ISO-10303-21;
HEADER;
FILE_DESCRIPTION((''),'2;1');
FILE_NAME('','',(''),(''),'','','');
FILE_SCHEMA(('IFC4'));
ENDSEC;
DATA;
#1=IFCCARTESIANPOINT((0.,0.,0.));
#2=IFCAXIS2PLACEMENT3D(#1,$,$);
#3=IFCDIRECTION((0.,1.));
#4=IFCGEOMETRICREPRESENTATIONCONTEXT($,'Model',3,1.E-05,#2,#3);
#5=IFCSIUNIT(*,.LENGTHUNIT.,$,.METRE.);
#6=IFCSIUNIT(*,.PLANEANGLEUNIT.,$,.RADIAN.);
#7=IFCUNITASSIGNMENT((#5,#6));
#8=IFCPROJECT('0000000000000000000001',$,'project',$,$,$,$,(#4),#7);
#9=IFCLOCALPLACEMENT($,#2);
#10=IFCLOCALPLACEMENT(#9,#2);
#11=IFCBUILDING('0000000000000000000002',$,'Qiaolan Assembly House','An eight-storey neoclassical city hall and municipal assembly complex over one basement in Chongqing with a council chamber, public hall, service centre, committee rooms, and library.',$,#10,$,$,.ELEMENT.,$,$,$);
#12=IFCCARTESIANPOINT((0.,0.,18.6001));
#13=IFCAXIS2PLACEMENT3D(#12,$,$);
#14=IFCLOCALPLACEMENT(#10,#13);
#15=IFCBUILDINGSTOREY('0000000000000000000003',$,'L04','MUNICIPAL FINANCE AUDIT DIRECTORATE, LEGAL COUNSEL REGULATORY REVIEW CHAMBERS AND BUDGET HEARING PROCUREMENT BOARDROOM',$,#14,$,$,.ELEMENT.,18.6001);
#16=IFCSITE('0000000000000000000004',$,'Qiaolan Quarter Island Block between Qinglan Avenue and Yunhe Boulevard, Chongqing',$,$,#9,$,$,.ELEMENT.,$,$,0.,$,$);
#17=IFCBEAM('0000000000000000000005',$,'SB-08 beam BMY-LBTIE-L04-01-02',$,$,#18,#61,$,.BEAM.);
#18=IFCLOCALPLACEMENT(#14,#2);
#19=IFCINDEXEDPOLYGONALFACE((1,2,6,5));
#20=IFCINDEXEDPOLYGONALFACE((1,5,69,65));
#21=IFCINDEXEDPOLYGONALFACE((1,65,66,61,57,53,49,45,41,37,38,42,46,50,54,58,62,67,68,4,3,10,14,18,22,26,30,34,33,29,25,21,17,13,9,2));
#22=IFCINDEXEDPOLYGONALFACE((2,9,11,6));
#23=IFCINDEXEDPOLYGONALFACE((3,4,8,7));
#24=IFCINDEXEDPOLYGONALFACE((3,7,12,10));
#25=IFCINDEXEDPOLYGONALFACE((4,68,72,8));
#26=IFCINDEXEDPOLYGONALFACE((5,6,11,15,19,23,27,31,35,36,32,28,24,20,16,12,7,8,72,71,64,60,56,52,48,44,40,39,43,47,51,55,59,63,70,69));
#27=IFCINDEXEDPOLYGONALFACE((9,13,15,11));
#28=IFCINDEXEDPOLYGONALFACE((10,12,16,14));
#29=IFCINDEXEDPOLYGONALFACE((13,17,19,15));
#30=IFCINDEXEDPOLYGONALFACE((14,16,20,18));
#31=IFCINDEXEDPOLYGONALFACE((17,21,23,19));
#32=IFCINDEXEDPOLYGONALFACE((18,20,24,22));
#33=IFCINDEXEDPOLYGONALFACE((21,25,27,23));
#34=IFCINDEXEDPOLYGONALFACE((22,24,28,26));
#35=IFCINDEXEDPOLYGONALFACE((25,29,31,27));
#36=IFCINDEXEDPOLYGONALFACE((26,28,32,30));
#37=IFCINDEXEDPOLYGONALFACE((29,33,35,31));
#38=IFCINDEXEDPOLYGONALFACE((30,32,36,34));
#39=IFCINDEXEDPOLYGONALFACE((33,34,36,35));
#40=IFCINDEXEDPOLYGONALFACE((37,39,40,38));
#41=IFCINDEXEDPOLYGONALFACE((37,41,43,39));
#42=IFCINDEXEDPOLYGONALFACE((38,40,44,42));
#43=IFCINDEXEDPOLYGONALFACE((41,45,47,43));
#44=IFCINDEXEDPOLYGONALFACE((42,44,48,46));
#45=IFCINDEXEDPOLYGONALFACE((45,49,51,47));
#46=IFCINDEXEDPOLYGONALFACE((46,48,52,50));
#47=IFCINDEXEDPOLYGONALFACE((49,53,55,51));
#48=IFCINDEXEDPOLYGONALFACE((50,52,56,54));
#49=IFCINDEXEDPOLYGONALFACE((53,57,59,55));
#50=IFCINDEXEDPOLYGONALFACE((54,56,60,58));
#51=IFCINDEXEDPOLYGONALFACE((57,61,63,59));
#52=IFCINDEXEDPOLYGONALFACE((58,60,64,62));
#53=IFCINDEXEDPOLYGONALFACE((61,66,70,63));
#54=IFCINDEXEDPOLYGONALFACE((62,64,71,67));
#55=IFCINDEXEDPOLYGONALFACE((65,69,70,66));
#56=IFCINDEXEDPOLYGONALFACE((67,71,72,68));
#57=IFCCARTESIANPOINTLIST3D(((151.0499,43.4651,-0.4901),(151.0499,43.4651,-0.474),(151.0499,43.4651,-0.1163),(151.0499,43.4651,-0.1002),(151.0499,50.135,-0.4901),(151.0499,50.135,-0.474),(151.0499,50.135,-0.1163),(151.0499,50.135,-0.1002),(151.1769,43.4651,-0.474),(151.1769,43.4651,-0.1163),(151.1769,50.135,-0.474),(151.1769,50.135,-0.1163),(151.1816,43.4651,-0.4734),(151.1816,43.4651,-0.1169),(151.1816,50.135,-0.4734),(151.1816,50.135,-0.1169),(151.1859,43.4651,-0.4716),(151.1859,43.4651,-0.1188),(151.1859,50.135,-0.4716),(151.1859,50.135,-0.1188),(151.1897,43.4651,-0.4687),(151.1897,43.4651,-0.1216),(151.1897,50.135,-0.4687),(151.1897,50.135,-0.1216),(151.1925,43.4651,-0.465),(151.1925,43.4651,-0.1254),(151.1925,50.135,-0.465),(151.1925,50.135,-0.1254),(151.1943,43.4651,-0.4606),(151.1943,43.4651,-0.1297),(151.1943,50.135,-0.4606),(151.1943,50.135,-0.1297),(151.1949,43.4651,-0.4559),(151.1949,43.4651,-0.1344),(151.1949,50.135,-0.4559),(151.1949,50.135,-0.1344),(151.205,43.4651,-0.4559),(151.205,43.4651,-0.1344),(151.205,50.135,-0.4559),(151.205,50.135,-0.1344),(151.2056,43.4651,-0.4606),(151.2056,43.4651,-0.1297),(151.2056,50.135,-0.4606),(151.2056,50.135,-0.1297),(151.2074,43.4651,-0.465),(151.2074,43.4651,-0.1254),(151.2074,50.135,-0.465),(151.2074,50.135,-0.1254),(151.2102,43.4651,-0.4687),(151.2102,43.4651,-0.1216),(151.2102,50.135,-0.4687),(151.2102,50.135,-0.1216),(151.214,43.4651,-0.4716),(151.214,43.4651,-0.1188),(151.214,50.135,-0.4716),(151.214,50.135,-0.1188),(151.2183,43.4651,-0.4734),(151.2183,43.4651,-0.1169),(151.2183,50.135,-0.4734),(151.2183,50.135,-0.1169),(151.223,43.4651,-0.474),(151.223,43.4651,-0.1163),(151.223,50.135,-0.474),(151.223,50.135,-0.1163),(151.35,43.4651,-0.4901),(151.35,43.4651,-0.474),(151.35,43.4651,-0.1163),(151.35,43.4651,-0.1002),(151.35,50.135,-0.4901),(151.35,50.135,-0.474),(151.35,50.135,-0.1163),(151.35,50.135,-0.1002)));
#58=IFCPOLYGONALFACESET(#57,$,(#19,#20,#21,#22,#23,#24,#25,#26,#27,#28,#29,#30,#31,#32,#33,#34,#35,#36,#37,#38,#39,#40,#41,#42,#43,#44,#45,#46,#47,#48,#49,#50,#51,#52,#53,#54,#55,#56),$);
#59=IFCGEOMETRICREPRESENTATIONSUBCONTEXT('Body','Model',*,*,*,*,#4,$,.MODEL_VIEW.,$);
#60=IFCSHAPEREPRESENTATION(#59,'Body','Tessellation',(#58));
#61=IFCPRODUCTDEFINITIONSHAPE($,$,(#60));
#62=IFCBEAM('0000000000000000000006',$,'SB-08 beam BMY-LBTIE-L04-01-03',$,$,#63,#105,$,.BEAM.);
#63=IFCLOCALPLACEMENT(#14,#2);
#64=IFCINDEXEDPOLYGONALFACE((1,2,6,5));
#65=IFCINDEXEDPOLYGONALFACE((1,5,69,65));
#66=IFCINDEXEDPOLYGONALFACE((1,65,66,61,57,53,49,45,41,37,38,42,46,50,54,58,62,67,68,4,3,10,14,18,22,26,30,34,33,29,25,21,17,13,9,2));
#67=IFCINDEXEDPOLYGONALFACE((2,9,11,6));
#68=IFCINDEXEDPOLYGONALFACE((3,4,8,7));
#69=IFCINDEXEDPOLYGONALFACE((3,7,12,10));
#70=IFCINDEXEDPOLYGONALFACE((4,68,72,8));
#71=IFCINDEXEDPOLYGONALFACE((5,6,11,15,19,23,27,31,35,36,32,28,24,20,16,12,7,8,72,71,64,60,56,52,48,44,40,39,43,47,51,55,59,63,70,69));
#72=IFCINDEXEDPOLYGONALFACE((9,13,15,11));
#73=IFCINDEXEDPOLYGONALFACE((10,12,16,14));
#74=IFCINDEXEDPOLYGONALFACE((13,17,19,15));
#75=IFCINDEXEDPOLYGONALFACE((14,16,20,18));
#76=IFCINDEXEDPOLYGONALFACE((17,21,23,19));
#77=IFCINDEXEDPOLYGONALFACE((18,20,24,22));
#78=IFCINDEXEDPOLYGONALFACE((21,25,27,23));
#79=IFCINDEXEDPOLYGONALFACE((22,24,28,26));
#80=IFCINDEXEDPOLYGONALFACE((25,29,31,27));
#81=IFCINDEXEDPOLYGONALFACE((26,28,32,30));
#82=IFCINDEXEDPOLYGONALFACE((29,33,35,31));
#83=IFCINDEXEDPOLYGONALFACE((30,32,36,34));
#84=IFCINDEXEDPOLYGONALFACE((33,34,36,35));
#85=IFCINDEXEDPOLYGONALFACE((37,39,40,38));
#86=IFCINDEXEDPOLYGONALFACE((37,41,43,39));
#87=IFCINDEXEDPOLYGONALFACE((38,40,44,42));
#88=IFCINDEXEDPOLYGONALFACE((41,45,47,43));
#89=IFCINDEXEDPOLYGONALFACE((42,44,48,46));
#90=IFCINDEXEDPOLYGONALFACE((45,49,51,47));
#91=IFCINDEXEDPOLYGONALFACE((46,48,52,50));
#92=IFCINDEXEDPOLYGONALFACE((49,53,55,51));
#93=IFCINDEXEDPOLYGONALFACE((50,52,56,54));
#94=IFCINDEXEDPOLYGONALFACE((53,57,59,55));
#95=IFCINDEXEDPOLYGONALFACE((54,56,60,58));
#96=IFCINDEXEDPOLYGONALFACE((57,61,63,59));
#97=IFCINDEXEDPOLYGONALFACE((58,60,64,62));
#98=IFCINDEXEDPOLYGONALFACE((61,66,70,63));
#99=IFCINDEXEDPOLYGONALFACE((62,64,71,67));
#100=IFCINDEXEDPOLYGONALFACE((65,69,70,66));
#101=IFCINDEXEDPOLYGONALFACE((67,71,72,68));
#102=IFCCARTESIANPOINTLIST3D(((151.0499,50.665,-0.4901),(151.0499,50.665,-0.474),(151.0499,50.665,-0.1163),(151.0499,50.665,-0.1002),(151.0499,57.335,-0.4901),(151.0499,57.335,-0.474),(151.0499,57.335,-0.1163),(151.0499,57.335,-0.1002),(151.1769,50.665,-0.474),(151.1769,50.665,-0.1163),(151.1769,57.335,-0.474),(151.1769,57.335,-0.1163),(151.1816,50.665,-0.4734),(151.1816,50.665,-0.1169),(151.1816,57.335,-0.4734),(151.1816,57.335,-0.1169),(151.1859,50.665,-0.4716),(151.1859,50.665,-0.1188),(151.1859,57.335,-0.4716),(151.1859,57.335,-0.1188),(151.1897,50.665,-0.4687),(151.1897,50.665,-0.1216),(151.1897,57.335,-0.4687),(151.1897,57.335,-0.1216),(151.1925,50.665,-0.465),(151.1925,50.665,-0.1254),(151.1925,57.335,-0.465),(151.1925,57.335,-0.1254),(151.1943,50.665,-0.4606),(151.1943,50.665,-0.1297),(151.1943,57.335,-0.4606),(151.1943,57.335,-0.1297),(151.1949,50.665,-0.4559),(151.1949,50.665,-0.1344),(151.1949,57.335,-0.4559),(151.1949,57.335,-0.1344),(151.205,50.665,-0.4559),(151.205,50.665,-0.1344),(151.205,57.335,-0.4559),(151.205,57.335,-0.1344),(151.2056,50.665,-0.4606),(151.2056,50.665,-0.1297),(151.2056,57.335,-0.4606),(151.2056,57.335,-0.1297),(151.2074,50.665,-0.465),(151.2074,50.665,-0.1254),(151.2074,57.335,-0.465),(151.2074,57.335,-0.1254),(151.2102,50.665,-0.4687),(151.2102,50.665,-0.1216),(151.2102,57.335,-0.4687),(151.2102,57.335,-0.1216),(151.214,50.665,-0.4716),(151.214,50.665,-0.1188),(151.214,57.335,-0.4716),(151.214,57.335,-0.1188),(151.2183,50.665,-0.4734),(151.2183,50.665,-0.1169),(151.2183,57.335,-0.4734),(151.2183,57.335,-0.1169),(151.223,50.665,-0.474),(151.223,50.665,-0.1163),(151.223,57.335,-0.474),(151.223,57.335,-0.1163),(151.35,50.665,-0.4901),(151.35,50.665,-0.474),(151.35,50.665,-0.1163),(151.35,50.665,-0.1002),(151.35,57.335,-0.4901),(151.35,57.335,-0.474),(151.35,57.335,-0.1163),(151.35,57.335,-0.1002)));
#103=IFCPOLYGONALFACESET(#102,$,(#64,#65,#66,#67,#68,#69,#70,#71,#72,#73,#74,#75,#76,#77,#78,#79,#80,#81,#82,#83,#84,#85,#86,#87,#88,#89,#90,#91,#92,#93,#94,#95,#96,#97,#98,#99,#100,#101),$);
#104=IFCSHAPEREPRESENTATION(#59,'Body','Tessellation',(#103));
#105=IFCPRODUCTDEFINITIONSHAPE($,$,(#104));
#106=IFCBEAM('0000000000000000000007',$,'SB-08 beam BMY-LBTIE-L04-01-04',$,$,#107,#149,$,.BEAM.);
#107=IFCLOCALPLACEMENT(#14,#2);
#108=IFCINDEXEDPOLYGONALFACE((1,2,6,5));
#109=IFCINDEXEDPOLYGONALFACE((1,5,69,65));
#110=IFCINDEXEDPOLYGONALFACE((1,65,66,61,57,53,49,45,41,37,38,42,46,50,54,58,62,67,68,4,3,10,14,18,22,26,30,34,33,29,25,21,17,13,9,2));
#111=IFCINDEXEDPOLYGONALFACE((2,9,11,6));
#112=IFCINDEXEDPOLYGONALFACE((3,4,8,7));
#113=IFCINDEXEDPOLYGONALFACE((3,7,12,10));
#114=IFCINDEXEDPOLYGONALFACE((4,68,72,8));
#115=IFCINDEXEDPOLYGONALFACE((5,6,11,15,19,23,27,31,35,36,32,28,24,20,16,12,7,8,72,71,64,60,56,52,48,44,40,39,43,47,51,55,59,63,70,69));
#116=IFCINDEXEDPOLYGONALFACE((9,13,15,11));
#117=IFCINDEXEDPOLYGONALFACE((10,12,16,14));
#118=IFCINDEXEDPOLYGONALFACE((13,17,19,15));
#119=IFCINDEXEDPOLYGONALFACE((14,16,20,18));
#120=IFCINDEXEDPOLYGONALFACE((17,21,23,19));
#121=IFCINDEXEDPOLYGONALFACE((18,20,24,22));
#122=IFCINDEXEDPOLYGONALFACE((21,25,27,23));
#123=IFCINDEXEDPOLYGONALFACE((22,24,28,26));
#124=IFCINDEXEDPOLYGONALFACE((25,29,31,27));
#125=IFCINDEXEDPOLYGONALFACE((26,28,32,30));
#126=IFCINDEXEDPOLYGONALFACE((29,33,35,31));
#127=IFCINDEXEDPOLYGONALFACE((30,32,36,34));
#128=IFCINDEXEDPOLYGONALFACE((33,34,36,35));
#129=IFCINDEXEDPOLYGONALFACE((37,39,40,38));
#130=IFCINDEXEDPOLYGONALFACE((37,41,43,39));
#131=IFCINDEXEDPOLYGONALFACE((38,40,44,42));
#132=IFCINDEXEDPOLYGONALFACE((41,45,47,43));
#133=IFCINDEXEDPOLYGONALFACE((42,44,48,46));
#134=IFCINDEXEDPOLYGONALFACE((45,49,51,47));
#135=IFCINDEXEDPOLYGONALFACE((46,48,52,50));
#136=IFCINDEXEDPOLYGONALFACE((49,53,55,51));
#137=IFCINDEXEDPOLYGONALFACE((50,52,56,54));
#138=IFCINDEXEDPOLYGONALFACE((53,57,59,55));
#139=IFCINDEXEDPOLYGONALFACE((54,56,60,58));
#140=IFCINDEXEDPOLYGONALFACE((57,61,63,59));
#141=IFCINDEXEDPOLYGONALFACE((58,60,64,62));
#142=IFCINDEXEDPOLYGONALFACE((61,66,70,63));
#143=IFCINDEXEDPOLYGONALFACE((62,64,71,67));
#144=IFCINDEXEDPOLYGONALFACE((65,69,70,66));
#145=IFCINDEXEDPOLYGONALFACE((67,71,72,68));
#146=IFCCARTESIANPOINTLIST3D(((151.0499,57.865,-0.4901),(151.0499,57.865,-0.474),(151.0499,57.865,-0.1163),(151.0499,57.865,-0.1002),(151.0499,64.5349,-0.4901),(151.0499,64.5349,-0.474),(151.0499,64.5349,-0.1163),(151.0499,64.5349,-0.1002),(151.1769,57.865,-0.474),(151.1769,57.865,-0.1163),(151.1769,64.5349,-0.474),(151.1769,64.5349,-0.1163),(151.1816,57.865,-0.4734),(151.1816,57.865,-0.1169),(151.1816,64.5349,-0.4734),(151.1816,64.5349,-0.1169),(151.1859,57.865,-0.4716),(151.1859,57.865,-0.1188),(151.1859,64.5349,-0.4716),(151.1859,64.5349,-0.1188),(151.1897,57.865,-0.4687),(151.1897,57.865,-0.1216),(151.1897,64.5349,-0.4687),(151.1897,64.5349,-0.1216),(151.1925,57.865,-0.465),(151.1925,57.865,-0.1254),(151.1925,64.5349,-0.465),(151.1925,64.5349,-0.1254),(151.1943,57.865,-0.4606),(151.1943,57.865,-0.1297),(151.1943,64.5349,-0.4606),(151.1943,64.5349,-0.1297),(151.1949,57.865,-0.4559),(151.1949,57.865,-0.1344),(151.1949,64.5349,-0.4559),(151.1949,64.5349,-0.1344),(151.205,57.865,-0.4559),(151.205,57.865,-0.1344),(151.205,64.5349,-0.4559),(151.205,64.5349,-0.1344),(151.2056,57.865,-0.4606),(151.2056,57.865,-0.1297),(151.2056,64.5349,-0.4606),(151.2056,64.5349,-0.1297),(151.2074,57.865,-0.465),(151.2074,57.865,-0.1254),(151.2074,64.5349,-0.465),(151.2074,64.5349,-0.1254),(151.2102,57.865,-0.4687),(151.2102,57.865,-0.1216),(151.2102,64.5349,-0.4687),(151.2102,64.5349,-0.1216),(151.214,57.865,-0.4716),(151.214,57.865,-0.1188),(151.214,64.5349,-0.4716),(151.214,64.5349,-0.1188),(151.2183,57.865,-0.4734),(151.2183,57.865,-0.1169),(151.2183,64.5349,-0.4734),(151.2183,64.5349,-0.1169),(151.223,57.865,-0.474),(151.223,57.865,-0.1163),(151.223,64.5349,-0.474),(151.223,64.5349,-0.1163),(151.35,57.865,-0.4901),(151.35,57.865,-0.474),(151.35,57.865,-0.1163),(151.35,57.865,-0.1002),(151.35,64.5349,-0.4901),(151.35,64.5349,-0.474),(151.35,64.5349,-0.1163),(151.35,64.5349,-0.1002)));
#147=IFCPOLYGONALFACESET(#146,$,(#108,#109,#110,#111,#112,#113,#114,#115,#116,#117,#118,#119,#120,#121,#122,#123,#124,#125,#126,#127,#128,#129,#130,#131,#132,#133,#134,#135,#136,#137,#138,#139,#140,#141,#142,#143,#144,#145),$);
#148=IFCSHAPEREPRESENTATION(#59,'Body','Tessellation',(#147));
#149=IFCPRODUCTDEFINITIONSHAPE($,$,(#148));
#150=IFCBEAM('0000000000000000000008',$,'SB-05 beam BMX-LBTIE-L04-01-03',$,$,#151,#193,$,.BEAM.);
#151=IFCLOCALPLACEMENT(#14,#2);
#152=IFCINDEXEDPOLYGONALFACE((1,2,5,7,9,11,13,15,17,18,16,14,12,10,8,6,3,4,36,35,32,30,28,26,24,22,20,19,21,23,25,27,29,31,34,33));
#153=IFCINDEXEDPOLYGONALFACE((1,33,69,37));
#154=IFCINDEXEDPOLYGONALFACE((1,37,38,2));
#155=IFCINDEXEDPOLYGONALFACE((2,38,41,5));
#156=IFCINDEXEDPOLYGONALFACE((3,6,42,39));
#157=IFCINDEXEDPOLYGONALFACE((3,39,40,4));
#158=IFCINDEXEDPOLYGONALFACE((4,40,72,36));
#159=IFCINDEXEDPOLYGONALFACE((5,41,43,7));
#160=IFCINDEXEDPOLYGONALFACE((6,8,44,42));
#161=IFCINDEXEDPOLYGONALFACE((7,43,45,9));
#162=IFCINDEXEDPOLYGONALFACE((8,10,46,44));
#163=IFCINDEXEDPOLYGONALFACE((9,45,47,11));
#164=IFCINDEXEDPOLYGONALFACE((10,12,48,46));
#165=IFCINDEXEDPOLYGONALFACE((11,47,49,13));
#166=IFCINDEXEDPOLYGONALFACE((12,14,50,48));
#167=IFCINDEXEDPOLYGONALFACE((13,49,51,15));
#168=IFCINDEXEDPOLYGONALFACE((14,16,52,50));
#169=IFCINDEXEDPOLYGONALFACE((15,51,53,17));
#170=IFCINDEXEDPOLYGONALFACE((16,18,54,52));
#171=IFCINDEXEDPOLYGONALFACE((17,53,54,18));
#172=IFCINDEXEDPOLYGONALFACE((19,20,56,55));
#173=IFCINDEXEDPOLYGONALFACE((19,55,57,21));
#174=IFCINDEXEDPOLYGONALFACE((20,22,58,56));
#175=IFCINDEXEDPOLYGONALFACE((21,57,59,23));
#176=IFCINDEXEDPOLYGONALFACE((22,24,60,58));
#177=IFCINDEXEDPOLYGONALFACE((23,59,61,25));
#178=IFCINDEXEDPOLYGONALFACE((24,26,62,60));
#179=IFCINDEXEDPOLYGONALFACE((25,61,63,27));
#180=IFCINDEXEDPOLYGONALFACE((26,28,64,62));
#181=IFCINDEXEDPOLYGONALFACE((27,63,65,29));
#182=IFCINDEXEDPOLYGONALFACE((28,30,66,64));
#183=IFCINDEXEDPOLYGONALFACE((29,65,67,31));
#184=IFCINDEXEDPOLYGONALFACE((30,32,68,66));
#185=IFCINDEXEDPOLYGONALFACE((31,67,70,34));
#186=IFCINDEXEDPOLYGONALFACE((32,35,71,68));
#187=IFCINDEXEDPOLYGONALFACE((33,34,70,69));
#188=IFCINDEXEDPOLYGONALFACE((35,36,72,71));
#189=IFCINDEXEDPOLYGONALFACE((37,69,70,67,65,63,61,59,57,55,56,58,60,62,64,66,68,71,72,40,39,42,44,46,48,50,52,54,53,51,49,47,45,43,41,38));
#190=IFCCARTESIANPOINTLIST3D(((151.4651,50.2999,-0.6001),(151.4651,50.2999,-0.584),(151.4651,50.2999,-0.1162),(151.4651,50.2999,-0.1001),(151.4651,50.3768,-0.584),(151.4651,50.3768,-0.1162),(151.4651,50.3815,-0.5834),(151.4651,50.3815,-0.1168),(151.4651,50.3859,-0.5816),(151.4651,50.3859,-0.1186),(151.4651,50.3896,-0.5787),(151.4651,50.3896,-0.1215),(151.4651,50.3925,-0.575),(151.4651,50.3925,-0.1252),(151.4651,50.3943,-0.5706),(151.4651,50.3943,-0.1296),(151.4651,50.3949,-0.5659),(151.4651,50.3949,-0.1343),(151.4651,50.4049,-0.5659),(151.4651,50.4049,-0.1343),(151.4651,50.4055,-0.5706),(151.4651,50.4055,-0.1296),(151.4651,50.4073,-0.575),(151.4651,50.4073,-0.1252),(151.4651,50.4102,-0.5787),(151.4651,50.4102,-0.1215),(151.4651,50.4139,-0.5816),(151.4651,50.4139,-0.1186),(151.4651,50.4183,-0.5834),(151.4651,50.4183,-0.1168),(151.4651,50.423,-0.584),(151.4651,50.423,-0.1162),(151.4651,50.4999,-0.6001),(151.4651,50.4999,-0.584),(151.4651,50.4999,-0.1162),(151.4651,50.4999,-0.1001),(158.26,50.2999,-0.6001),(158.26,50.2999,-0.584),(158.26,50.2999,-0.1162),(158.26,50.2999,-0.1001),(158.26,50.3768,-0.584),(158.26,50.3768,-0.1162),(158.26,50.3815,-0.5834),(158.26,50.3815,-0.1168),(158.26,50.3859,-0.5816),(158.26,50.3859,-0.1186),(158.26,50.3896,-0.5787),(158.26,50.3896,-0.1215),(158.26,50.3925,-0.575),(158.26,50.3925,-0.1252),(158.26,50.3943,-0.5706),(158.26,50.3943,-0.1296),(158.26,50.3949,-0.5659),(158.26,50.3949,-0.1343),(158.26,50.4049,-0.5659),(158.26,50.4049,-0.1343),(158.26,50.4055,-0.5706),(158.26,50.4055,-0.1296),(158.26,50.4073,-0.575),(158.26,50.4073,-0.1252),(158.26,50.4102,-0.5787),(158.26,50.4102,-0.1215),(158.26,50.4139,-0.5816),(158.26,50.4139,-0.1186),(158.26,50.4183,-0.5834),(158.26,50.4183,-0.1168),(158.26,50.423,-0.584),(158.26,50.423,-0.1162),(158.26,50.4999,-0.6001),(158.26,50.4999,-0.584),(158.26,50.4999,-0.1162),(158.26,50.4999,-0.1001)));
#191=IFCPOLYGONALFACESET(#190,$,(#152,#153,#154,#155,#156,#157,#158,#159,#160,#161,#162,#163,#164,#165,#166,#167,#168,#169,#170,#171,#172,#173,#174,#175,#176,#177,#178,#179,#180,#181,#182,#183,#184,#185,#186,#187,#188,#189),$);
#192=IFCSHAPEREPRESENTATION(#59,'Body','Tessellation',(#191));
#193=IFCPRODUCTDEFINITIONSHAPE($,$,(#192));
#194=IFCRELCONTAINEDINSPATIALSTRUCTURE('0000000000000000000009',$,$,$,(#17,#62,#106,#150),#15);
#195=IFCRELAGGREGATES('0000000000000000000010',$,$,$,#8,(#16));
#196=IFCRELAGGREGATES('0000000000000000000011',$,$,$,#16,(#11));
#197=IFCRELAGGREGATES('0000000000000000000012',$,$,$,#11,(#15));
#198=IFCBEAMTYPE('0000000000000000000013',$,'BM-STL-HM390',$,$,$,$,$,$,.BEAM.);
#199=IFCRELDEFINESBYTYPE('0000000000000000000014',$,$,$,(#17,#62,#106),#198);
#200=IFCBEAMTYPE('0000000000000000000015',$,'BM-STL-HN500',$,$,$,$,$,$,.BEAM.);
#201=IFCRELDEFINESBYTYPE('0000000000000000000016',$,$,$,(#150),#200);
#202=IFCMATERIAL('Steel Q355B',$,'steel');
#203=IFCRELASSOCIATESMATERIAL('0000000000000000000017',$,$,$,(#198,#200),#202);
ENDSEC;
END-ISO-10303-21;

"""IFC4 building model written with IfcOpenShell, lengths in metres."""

from ifc_helpers import new_model, si_unit, direction, frame, origin, origin_2d, place, context, subcontext, project, spatial, i_section, extrude, material, material_profile, profile_set, type_object, element, save


model = new_model("IFC4")

# Units and contexts
model_context = context("Model", 3, precision=1e-05, world=origin(), true_north=direction((0.0, 1.0)))
body_context = subcontext(model_context, "Body", "Model", "MODEL_VIEW")
ifc_project = project(units=[si_unit("LENGTHUNIT", "METRE"), si_unit("PLANEANGLEUNIT", "RADIAN")], contexts=[model_context])

# Site, building, storey
site_placement = place(None, origin())
site = spatial("IfcSite", under=ifc_project, at=site_placement, Name="Qiaolan Quarter Island Block between Qinglan Avenue and Yunhe Boulevard, Chongqing", CompositionType="ELEMENT", RefElevation=0.0)
building_placement = place(site_placement, origin())
building = spatial("IfcBuilding", under=site, at=building_placement, Name="Qiaolan Assembly House", Description="An eight-storey neoclassical city hall and municipal assembly complex over one basement in Chongqing with a council chamber, public hall, service centre, committee rooms, and library.", CompositionType="ELEMENT")
storey_placement = place(building_placement, frame((0.0, 0.0, 18.6001)))
storey = spatial("IfcBuildingStorey", under=building, at=storey_placement, Name="L04", Description="MUNICIPAL FINANCE AUDIT DIRECTORATE, LEGAL COUNSEL REGULATORY REVIEW CHAMBERS AND BUDGET HEARING PROCUREMENT BOARDROOM", CompositionType="ELEMENT", Elevation=18.6001)

# Beams
ifc_material = material(Name="Steel Q355B", Category="steel")
ifc_material_profile_1 = material_profile(ifc_material, i_section(OverallWidth=0.3, OverallDepth=0.3899, WebThickness=0.01, FlangeThickness=0.0161, FilletRadius=0.0181, at=origin_2d()), Name="HM 390x300x10x16")
ifc_profile_set_1 = profile_set([ifc_material_profile_1], Name="Steel Q355B")
beam_type_1 = type_object("IfcBeamType", Name="BM-STL-HM390", PredefinedType="BEAM", material=ifc_profile_set_1)
for number, where, z_axis, x_axis, name in (
    (1, (151.2, 43.4651, -0.2952), (0.0, 1.0, 0.0), (-1.0, 0.0, 0.0), "SB-08 beam BMY-LBTIE-L04-01-02"),
    (2, (151.2, 50.665, -0.2952), (0.0, 1.0, 0.0), (-1.0, 0.0, 0.0), "SB-08 beam BMY-LBTIE-L04-01-03"),
    (3, (151.2, 57.865, -0.2952), (0.0, 1.0, 0.0), (-1.0, 0.0, 0.0), "SB-08 beam BMY-LBTIE-L04-01-04"),
):
    element("IfcBeam", number, at=place(storey_placement, frame(where, z_axis=z_axis, x_axis=x_axis)), inside=storey, type_object=beam_type_1, Name=name, PredefinedType="BEAM", context=body_context, shape_type="SweptSolid", body=[
        extrude(i_section(OverallWidth=0.3, OverallDepth=0.3899, WebThickness=0.01, FlangeThickness=0.0161, FilletRadius=0.0181, at=origin_2d()), origin(), (0.0, 0.0, 1.0), 6.6699),
    ])
ifc_material_profile_2 = material_profile(ifc_material, i_section(OverallWidth=0.2, OverallDepth=0.5, WebThickness=0.01, FlangeThickness=0.0161, FilletRadius=0.0181, at=origin_2d()), Name="HN 500x200x10x16")
ifc_profile_set_2 = profile_set([ifc_material_profile_2], Name="Steel Q355B")
beam_type_2 = type_object("IfcBeamType", Name="BM-STL-HN500", PredefinedType="BEAM", material=ifc_profile_set_2)
for number, where, z_axis, x_axis, name in (
    (4, (151.4651, 50.3999, -0.3501), (1.0, 0.0, 0.0), (0.0, 1.0, 0.0), "SB-05 beam BMX-LBTIE-L04-01-03"),
):
    element("IfcBeam", number, at=place(storey_placement, frame(where, z_axis=z_axis, x_axis=x_axis)), inside=storey, type_object=beam_type_2, Name=name, PredefinedType="BEAM", context=body_context, shape_type="SweptSolid", body=[
        extrude(i_section(OverallWidth=0.2, OverallDepth=0.5, WebThickness=0.01, FlangeThickness=0.0161, FilletRadius=0.0181, at=origin_2d()), origin(), (0.0, 0.0, 1.0), 6.7949),
    ])

save(model, "model.ifc")
